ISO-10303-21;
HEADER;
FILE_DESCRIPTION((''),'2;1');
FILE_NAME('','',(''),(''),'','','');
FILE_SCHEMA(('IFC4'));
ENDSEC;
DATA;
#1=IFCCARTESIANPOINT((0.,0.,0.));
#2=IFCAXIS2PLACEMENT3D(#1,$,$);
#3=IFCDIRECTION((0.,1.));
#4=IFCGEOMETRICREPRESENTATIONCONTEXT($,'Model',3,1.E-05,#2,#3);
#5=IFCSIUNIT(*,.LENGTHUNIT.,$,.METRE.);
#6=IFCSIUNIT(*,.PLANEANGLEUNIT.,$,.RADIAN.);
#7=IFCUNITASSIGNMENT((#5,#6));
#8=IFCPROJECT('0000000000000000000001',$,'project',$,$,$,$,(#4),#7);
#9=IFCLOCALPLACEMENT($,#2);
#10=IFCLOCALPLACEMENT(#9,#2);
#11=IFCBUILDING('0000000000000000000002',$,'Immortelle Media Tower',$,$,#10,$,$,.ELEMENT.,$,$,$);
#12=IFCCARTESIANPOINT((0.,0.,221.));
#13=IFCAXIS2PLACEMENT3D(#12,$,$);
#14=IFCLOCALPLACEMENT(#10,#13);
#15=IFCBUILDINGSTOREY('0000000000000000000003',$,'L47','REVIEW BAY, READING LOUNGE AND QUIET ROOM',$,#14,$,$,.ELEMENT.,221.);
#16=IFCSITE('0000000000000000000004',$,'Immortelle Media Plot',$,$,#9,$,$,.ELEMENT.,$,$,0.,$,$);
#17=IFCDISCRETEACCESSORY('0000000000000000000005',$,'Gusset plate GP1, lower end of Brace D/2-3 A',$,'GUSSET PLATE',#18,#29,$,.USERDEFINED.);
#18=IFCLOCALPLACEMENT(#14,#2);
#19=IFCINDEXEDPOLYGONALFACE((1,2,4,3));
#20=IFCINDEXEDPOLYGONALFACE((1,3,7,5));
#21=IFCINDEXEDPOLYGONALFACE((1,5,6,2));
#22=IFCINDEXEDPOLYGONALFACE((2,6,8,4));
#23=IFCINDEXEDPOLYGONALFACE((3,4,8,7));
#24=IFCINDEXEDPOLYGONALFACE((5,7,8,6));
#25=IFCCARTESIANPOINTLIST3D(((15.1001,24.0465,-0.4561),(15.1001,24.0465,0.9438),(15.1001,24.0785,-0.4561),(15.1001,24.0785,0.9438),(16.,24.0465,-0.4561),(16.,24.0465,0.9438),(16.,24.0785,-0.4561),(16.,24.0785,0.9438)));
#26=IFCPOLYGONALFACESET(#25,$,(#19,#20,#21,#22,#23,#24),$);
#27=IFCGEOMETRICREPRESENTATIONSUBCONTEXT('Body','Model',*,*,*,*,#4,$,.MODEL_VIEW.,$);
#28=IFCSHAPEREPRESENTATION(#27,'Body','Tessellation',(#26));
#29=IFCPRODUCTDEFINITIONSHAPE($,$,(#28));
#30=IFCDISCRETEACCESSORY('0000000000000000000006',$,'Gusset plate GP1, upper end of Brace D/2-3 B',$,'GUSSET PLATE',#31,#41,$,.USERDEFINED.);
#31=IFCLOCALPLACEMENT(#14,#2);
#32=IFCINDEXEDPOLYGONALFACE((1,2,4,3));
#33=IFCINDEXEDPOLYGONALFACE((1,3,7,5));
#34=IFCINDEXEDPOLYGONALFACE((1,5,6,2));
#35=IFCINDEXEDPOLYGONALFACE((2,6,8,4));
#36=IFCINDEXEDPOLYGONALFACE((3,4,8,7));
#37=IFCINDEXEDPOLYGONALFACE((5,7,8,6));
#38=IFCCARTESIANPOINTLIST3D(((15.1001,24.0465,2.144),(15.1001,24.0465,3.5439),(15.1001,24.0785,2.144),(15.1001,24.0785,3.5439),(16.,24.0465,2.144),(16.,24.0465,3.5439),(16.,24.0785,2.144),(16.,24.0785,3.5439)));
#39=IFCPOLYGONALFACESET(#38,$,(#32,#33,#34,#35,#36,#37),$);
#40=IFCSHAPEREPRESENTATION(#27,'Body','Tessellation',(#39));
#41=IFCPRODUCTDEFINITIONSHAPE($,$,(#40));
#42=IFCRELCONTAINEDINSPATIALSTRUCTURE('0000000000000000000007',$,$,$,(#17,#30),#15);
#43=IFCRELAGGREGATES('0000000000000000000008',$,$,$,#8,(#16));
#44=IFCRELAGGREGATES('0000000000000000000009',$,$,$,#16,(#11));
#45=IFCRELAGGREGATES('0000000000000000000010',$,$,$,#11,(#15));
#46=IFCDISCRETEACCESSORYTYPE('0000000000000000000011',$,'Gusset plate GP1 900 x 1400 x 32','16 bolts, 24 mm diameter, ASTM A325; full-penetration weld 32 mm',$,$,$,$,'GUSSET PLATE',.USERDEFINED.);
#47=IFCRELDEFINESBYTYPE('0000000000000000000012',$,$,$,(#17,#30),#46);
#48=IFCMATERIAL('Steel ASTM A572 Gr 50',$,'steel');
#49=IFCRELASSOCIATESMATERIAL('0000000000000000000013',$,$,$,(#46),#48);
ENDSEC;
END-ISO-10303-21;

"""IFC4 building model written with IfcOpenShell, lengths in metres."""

from ifc_helpers import new_model, si_unit, direction, frame, origin, origin_2d, place, context, subcontext, project, spatial, rectangle, extrude, material, material_profile, profile_set, type_object, element, save


model = new_model("IFC4")

# Units and contexts
model_context = context("Model", 3, precision=1e-05, world=origin(), true_north=direction((0.0, 1.0)))
body_context = subcontext(model_context, "Body", "Model", "MODEL_VIEW")
ifc_project = project(units=[si_unit("LENGTHUNIT", "METRE"), si_unit("PLANEANGLEUNIT", "RADIAN")], contexts=[model_context])

# Site, building, storey
site_placement = place(None, origin())
site = spatial("IfcSite", under=ifc_project, at=site_placement, Name="Immortelle Media Plot", CompositionType="ELEMENT", RefElevation=0.0)
building_placement = place(site_placement, origin())
building = spatial("IfcBuilding", under=site, at=building_placement, Name="Immortelle Media Tower", CompositionType="ELEMENT")
storey_placement = place(building_placement, frame((0.0, 0.0, 221.0)))
storey = spatial("IfcBuildingStorey", under=building, at=storey_placement, Name="L47", Description="REVIEW BAY, READING LOUNGE AND QUIET ROOM", CompositionType="ELEMENT", Elevation=221.0)

# Discrete accessories
ifc_material_1 = material(Name="Steel ASTM A572 Gr 50", Category="steel")
ifc_material_profile_1 = material_profile(ifc_material_1, rectangle(XDim=0.032, YDim=1.3999, at=origin_2d()), Name="PL 32 x 1400")
ifc_profile_set_1 = profile_set([ifc_material_profile_1], Name="Steel ASTM A572 Gr 50")
discrete_accessory_type_1 = type_object("IfcDiscreteAccessoryType", Name="Gusset plate GP1 900 x 1400 x 32", Description="16 bolts, 24 mm diameter, ASTM A325; full-penetration weld 32 mm", ElementType="GUSSET PLATE", PredefinedType="USERDEFINED", material=ifc_profile_set_1)
for number, where, z_axis, x_axis, name in (
    (1, (16.0, 24.0625, 0.2439), (-1.0, 0.0, 0.0), (0.0, -1.0, 0.0), "Gusset plate GP1, lower end of Brace D/2-3 A"),
    (2, (16.0, 24.0625, 2.844), (-1.0, 0.0, 0.0), (0.0, -1.0, 0.0), "Gusset plate GP1, upper end of Brace D/2-3 B"),
):
    element("IfcDiscreteAccessory", number, at=place(storey_placement, frame(where, z_axis=z_axis, x_axis=x_axis)), inside=storey, type_object=discrete_accessory_type_1, Name=name, ObjectType="GUSSET PLATE", PredefinedType="USERDEFINED", context=body_context, shape_type="SweptSolid", body=[
        extrude(rectangle(XDim=0.032, YDim=1.3999, at=origin_2d()), origin(), (0.0, 0.0, 1.0), 0.8999),
    ])

save(model, "model.ifc")
